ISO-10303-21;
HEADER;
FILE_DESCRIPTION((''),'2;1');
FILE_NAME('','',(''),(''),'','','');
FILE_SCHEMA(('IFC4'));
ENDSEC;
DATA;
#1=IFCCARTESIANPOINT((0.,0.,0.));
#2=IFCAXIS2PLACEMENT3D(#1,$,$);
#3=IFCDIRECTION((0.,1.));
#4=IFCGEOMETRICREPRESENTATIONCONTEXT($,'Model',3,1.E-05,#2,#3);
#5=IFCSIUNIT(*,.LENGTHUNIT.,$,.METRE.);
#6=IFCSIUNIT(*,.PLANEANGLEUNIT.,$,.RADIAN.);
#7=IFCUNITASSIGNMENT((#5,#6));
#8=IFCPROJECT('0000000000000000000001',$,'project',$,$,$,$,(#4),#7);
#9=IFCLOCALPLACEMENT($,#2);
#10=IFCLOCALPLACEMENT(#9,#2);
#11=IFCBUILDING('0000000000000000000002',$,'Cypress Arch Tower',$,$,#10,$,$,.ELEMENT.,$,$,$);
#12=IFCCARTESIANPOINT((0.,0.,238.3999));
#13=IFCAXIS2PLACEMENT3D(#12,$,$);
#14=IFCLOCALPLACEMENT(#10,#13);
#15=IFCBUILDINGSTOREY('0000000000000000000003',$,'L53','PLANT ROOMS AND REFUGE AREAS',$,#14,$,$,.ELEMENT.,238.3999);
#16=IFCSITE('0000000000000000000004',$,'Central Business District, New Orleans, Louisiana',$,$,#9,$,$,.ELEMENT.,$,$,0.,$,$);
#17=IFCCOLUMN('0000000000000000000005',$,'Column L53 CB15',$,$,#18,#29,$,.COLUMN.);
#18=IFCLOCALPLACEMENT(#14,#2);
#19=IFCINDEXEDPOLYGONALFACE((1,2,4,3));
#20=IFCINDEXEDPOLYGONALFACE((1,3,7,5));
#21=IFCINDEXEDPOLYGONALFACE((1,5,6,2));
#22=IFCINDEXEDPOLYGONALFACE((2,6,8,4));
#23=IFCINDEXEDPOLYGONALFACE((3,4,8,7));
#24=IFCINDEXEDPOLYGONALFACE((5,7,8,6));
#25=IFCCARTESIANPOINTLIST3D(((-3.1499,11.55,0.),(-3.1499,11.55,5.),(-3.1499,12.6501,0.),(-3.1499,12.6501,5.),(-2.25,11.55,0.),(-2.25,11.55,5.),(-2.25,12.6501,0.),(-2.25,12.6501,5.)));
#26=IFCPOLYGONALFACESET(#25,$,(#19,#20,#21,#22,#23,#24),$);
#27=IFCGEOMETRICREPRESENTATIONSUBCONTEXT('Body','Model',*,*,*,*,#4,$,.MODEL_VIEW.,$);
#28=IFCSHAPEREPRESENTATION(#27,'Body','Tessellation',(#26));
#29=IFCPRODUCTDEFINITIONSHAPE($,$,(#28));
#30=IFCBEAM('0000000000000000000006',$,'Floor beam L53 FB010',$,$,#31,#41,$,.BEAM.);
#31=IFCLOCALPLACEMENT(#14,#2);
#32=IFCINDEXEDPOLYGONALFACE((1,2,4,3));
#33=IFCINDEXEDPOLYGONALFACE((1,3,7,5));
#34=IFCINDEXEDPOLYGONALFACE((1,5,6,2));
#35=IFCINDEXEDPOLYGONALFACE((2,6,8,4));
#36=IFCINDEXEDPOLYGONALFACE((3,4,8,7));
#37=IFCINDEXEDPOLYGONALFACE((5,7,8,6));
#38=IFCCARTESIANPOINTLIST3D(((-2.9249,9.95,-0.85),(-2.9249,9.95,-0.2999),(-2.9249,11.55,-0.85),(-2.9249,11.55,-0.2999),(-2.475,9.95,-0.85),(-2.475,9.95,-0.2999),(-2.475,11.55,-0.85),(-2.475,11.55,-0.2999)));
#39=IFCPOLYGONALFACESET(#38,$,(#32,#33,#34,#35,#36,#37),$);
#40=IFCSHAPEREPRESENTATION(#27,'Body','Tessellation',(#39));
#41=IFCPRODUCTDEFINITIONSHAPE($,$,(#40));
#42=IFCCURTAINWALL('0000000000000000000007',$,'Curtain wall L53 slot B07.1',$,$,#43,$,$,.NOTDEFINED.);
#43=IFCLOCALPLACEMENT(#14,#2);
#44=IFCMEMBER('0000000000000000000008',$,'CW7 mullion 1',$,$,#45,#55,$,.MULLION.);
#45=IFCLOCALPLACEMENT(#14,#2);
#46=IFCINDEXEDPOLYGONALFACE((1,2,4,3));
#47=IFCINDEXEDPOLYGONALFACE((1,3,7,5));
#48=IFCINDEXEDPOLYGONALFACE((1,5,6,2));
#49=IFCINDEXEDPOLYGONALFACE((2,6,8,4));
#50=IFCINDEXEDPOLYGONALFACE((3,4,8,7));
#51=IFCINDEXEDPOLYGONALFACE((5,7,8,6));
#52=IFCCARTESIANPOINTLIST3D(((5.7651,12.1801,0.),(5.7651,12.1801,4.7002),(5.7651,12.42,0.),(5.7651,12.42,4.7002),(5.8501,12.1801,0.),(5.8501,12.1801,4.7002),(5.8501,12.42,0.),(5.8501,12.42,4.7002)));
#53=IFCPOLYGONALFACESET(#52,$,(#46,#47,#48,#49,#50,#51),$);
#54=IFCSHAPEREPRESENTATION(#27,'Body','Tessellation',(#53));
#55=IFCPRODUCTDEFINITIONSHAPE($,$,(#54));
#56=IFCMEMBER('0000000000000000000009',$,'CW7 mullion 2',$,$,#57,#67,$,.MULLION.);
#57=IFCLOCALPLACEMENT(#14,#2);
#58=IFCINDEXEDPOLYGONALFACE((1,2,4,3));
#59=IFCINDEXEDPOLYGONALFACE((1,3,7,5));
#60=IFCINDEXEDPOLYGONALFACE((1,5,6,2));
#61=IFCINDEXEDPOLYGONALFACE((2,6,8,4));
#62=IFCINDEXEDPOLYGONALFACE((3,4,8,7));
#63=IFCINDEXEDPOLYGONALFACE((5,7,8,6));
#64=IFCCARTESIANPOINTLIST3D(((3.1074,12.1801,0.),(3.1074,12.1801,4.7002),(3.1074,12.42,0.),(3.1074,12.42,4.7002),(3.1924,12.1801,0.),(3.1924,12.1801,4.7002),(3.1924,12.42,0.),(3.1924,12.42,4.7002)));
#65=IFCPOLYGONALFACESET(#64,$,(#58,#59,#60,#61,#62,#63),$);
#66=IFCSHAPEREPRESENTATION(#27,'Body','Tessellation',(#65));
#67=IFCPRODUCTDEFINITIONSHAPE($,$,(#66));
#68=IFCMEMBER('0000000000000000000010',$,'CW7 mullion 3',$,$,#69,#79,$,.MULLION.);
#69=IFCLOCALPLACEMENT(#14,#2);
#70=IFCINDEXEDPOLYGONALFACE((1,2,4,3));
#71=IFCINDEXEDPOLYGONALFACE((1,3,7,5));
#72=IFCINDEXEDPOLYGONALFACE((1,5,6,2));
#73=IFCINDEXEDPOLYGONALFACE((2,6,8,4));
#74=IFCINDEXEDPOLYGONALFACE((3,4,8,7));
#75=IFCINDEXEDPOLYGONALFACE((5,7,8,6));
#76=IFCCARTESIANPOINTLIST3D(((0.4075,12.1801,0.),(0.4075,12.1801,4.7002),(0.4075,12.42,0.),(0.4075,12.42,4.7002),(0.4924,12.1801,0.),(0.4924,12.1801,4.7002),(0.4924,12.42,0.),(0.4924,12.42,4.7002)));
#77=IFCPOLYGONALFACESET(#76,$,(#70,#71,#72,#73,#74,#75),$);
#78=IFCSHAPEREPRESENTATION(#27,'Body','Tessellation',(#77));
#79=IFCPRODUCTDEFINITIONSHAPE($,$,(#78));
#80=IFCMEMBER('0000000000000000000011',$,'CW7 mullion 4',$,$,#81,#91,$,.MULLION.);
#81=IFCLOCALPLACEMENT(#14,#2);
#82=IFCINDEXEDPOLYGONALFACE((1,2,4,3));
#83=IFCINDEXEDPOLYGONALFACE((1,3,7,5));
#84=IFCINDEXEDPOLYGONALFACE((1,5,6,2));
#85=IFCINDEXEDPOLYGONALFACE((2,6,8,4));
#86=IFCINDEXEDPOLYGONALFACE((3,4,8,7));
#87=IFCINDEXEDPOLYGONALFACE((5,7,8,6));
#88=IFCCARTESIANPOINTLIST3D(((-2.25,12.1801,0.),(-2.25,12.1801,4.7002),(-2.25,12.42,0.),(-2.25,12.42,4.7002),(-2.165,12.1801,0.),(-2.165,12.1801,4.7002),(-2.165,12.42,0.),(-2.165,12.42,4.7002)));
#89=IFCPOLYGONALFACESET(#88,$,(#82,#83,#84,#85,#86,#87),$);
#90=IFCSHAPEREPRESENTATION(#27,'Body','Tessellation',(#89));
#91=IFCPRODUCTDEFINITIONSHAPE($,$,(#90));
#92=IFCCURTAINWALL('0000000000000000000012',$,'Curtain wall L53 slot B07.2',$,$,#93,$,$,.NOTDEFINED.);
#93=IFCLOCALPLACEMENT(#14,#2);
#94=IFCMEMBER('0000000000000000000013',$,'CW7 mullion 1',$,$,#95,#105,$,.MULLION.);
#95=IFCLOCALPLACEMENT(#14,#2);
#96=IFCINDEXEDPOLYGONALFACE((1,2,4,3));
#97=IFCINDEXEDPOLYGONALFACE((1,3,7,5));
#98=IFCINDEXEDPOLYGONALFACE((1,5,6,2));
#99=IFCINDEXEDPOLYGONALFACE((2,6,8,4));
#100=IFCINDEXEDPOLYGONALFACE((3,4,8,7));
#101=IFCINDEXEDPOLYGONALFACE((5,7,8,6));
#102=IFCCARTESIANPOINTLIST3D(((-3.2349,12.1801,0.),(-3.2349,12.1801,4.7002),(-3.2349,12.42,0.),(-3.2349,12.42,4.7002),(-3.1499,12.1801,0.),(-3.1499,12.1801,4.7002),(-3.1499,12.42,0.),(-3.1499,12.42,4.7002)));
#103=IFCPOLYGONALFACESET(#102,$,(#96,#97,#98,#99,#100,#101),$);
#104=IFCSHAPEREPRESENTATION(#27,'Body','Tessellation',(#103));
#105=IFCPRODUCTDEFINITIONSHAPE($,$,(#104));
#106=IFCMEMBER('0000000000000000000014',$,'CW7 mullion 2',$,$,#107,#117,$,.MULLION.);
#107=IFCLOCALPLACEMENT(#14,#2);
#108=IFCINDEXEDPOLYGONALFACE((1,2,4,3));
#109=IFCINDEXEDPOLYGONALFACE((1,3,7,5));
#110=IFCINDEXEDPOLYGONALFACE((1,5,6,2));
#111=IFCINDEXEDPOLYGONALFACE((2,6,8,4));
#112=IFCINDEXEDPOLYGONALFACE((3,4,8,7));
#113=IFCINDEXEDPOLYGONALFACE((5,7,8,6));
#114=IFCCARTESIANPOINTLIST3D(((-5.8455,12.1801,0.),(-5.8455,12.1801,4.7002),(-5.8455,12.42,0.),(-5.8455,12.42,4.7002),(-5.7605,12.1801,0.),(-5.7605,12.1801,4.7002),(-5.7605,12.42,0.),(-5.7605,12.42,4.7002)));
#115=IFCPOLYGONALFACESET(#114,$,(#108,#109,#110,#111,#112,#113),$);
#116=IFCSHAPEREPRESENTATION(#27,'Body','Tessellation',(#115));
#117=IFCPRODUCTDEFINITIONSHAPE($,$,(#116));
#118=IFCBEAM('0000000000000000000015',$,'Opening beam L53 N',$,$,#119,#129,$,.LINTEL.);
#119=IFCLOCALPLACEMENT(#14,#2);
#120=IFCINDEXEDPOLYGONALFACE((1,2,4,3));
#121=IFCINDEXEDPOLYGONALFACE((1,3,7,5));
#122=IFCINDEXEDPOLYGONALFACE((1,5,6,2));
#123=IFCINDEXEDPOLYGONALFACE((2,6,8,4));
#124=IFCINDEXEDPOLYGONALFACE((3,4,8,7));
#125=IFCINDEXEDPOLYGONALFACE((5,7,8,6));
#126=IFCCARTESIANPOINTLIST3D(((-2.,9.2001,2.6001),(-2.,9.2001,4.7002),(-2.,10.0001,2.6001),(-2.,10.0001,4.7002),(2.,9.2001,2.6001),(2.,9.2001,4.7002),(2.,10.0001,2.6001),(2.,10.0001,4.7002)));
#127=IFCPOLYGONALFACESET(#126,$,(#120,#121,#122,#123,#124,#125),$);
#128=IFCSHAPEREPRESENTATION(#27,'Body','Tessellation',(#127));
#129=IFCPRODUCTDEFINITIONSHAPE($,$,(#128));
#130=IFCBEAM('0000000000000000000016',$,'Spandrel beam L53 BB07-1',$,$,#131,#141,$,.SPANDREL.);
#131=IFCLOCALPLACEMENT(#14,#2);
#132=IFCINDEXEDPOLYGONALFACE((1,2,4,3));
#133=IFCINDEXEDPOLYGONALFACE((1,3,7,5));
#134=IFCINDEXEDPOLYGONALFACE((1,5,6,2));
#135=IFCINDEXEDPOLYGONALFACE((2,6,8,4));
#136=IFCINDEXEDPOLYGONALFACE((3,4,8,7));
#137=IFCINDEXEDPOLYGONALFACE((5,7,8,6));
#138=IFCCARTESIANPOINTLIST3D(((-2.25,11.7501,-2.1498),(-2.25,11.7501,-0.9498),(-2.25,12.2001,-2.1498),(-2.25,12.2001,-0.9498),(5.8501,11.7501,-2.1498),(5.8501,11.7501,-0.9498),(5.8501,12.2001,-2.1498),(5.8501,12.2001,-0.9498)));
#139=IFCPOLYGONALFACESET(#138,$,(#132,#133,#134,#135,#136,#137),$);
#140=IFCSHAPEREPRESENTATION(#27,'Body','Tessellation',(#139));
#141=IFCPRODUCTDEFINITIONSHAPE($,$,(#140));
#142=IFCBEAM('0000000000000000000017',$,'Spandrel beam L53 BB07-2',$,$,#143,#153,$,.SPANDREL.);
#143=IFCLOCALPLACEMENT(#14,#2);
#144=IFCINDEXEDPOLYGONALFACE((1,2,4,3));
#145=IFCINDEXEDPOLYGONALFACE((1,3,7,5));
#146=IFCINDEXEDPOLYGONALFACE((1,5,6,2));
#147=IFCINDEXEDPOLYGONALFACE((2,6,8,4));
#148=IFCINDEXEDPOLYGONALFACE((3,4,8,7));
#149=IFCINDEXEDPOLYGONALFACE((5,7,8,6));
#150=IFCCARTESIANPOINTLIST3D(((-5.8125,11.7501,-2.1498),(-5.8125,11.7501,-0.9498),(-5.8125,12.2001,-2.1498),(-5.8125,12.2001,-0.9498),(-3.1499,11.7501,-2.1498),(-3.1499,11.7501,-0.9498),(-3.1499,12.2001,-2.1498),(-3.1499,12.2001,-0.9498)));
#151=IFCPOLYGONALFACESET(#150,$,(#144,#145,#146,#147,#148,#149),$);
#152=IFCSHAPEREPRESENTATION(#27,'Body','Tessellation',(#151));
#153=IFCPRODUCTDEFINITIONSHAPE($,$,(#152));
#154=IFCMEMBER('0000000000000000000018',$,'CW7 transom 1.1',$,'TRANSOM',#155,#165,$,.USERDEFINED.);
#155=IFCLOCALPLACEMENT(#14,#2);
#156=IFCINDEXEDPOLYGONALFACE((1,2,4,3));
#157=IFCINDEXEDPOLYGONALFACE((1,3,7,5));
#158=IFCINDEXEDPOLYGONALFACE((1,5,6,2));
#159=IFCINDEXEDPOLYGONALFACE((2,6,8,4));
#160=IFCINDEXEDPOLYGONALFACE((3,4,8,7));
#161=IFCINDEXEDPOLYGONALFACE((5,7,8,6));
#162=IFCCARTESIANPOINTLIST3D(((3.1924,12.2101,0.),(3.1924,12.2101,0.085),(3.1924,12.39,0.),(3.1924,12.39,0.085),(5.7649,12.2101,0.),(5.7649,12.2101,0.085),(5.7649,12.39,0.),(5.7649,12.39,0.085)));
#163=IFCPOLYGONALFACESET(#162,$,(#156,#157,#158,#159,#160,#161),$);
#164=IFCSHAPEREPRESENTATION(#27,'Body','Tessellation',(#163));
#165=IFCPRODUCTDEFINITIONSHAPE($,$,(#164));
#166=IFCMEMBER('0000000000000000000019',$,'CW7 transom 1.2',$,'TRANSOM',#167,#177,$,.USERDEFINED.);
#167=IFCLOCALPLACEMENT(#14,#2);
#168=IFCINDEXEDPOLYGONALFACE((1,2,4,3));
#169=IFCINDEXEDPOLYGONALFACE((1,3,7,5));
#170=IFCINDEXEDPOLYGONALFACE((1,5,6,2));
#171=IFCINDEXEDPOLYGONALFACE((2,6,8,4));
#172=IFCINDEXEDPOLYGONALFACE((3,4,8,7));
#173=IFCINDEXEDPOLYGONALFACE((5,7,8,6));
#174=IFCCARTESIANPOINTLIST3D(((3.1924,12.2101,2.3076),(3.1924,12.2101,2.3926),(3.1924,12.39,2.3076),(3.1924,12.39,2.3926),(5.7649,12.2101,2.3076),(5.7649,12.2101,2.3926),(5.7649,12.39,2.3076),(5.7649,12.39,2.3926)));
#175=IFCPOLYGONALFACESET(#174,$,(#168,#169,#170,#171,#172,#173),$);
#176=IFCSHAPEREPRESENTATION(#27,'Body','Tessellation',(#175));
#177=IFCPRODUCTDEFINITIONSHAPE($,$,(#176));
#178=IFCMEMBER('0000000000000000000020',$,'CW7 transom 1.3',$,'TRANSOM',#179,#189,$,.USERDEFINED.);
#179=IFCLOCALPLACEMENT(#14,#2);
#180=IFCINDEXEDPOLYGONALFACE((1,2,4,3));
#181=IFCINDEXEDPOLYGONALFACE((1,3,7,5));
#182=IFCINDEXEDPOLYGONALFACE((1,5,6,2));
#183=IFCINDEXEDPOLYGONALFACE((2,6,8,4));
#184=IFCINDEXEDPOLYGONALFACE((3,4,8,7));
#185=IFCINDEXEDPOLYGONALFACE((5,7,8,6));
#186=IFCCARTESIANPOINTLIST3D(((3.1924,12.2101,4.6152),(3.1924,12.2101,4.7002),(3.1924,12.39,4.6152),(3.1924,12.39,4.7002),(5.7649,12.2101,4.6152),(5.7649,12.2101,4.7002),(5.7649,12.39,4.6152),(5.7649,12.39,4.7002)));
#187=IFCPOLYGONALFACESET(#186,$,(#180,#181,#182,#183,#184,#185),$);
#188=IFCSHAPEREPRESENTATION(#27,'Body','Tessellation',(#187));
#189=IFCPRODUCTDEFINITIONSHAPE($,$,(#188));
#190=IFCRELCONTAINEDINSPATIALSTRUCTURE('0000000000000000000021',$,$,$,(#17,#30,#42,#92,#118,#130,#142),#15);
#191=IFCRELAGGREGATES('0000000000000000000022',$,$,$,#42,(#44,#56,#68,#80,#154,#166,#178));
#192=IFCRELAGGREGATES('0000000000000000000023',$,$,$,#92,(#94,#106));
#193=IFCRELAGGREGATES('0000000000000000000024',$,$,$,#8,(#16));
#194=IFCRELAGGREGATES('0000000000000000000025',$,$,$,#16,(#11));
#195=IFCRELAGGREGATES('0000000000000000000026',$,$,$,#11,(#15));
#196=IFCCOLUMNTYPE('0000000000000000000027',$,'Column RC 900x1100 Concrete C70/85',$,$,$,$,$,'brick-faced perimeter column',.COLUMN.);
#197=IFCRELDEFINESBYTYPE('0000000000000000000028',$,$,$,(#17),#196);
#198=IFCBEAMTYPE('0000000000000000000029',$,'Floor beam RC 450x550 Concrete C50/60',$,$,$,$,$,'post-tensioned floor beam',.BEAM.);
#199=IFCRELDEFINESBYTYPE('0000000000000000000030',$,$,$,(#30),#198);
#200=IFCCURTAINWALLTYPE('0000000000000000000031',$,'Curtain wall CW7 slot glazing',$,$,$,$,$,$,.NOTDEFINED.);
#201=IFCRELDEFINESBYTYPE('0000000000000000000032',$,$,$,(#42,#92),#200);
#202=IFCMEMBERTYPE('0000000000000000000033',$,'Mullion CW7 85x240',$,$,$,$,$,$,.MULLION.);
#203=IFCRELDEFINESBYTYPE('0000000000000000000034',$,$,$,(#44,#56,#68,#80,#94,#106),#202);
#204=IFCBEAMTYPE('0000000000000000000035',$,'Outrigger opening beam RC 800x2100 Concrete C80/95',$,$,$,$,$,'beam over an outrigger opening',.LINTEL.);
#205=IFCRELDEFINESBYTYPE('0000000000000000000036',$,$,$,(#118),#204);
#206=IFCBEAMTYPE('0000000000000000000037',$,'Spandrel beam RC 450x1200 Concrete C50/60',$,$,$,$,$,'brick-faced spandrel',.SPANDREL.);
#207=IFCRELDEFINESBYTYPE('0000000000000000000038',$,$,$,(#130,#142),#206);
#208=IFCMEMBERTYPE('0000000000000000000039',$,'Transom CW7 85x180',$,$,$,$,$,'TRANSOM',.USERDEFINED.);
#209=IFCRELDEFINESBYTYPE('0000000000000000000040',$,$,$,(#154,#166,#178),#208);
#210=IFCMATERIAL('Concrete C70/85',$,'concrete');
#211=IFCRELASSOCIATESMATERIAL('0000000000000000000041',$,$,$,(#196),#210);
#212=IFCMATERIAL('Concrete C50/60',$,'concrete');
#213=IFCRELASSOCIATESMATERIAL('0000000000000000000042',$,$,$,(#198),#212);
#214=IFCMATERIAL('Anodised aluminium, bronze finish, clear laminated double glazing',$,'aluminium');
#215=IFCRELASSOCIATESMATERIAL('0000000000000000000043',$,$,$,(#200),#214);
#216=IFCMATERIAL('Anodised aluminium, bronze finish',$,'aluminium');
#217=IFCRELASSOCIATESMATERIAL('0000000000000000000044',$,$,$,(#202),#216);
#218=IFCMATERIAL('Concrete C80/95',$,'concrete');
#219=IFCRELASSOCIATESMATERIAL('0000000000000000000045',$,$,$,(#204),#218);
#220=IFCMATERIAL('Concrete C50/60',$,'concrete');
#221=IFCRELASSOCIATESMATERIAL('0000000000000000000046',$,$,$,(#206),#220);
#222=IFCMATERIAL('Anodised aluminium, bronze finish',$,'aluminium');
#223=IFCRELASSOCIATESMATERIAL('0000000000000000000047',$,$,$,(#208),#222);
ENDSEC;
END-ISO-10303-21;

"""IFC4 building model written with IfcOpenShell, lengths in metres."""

from ifc_helpers import new_model, si_unit, direction, frame, origin, origin_2d, place, context, subcontext, project, spatial, rectangle, extrude, material, material_profile, profile_set, type_object, element, aggregate, save


model = new_model("IFC4")

# Units and contexts
model_context = context("Model", 3, precision=1e-05, world=origin(), true_north=direction((0.0, 1.0)))
body_context = subcontext(model_context, "Body", "Model", "MODEL_VIEW")
ifc_project = project(units=[si_unit("LENGTHUNIT", "METRE"), si_unit("PLANEANGLEUNIT", "RADIAN")], contexts=[model_context])

# Site, building, storey
site_placement = place(None, origin())
site = spatial("IfcSite", under=ifc_project, at=site_placement, Name="Central Business District, New Orleans, Louisiana", CompositionType="ELEMENT", RefElevation=0.0)
building_placement = place(site_placement, origin())
building = spatial("IfcBuilding", under=site, at=building_placement, Name="Cypress Arch Tower", CompositionType="ELEMENT")
storey_placement = place(building_placement, frame((0.0, 0.0, 238.3999)))
storey = spatial("IfcBuildingStorey", under=building, at=storey_placement, Name="L53", Description="PLANT ROOMS AND REFUGE AREAS", CompositionType="ELEMENT", Elevation=238.3999)

# Column
ifc_material_1 = material(Name="Concrete C70/85", Category="concrete")
ifc_material_profile_1 = material_profile(ifc_material_1, rectangle(XDim=0.8999, YDim=1.1001, at=origin_2d()), Name="RC 900x1100")
ifc_profile_set_1 = profile_set([ifc_material_profile_1], Name="Concrete C70/85")
column_type = type_object("IfcColumnType", Name="Column RC 900x1100 Concrete C70/85", ElementType="brick-faced perimeter column", PredefinedType="COLUMN", material=ifc_profile_set_1)
column_placement = place(storey_placement, frame((-2.7, 12.1001, 0.0), z_axis=(0.0, 0.0, 1.0), x_axis=(-1.0, 0.0, 0.0)))
element("IfcColumn", 1, at=column_placement, inside=storey, type_object=column_type, Name="Column L53 CB15", PredefinedType="COLUMN", context=body_context, shape_type="SweptSolid", body=[
    extrude(rectangle(XDim=0.8999, YDim=1.1001, at=origin_2d()), origin(), (0.0, 0.0, 1.0), 5.0),
])

# Beam
ifc_material_2 = material(Name="Concrete C50/60", Category="concrete")
ifc_material_profile_2 = material_profile(ifc_material_2, rectangle(XDim=0.45, YDim=0.55, at=origin_2d()), Name="RC 450x550")
ifc_profile_set_2 = profile_set([ifc_material_profile_2], Name="Concrete C50/60")
beam_type_1 = type_object("IfcBeamType", Name="Floor beam RC 450x550 Concrete C50/60", ElementType="post-tensioned floor beam", PredefinedType="BEAM", material=ifc_profile_set_2)
beam_1_placement = place(storey_placement, frame((-2.7, 9.95, -0.575), z_axis=(0.0, 1.0, 0.0), x_axis=(-1.0, 0.0, 0.0)))
element("IfcBeam", 2, at=beam_1_placement, inside=storey, type_object=beam_type_1, Name="Floor beam L53 FB010", PredefinedType="BEAM", context=body_context, shape_type="SweptSolid", body=[
    extrude(rectangle(XDim=0.45, YDim=0.55, at=origin_2d()), origin(), (0.0, 0.0, 1.0), 1.6001),
])

# Curtain walls, members
ifc_material_3 = material(Name="Anodised aluminium, bronze finish, clear laminated double glazing", Category="aluminium")
curtain_wall_type = type_object("IfcCurtainWallType", Name="Curtain wall CW7 slot glazing", PredefinedType="NOTDEFINED", material=ifc_material_3)
curtain_wall_1_placement = place(storey_placement, origin())
curtain_wall_1 = element("IfcCurtainWall", 3, at=curtain_wall_1_placement, inside=storey, type_object=curtain_wall_type, Name="Curtain wall L53 slot B07.1", PredefinedType="NOTDEFINED")
ifc_material_4 = material(Name="Anodised aluminium, bronze finish", Category="aluminium")
ifc_material_profile_3 = material_profile(ifc_material_4, rectangle(XDim=0.24, YDim=0.085, at=origin_2d()), Name="Mullion 85x240")
ifc_profile_set_3 = profile_set([ifc_material_profile_3], Name="Anodised aluminium, bronze finish")
member_type_1 = type_object("IfcMemberType", Name="Mullion CW7 85x240", PredefinedType="MULLION", material=ifc_profile_set_3)
member_1_placement = place(storey_placement, frame((5.8076, 12.3, 0.0), z_axis=(0.0, 0.0, 1.0), x_axis=(0.0, -1.0, 0.0)))
member_1 = element("IfcMember", 4, at=member_1_placement, type_object=member_type_1, Name="CW7 mullion 1", PredefinedType="MULLION", context=body_context, shape_type="SweptSolid", body=[
    extrude(rectangle(XDim=0.24, YDim=0.085, at=origin_2d()), origin(), (0.0, 0.0, 1.0), 4.7002),
])
member_2_placement = place(storey_placement, frame((3.1499, 12.3, 0.0), z_axis=(0.0, 0.0, 1.0), x_axis=(0.0, -1.0, 0.0)))
member_2 = element("IfcMember", 5, at=member_2_placement, type_object=member_type_1, Name="CW7 mullion 2", PredefinedType="MULLION", context=body_context, shape_type="SweptSolid", body=[
    extrude(rectangle(XDim=0.24, YDim=0.085, at=origin_2d()), origin(), (0.0, 0.0, 1.0), 4.7002),
])
member_3_placement = place(storey_placement, frame((0.45, 12.3, 0.0), z_axis=(0.0, 0.0, 1.0), x_axis=(0.0, -1.0, 0.0)))
member_3 = element("IfcMember", 6, at=member_3_placement, type_object=member_type_1, Name="CW7 mullion 3", PredefinedType="MULLION", context=body_context, shape_type="SweptSolid", body=[
    extrude(rectangle(XDim=0.24, YDim=0.085, at=origin_2d()), origin(), (0.0, 0.0, 1.0), 4.7002),
])
member_4_placement = place(storey_placement, frame((-2.2075, 12.3, 0.0), z_axis=(0.0, 0.0, 1.0), x_axis=(0.0, -1.0, 0.0)))
member_4 = element("IfcMember", 7, at=member_4_placement, type_object=member_type_1, Name="CW7 mullion 4", PredefinedType="MULLION", context=body_context, shape_type="SweptSolid", body=[
    extrude(rectangle(XDim=0.24, YDim=0.085, at=origin_2d()), origin(), (0.0, 0.0, 1.0), 4.7002),
])
curtain_wall_2_placement = place(storey_placement, origin())
curtain_wall_2 = element("IfcCurtainWall", 8, at=curtain_wall_2_placement, inside=storey, type_object=curtain_wall_type, Name="Curtain wall L53 slot B07.2", PredefinedType="NOTDEFINED")
member_5_placement = place(storey_placement, frame((-3.1924, 12.3, 0.0), z_axis=(0.0, 0.0, 1.0), x_axis=(0.0, -1.0, 0.0)))
member_5 = element("IfcMember", 9, at=member_5_placement, type_object=member_type_1, Name="CW7 mullion 1", PredefinedType="MULLION", context=body_context, shape_type="SweptSolid", body=[
    extrude(rectangle(XDim=0.24, YDim=0.085, at=origin_2d()), origin(), (0.0, 0.0, 1.0), 4.7002),
])
member_6_placement = place(storey_placement, frame((-5.803, 12.3, 0.0), z_axis=(0.0, 0.0, 1.0), x_axis=(0.0, -1.0, 0.0)))
member_6 = element("IfcMember", 10, at=member_6_placement, type_object=member_type_1, Name="CW7 mullion 2", PredefinedType="MULLION", context=body_context, shape_type="SweptSolid", body=[
    extrude(rectangle(XDim=0.24, YDim=0.085, at=origin_2d()), origin(), (0.0, 0.0, 1.0), 4.7002),
])

# Beams
ifc_material_5 = material(Name="Concrete C80/95", Category="concrete")
ifc_material_profile_4 = material_profile(ifc_material_5, rectangle(XDim=0.8, YDim=2.1001, at=origin_2d()), Name="RC 800x2100")
ifc_profile_set_4 = profile_set([ifc_material_profile_4], Name="Concrete C80/95")
beam_type_2 = type_object("IfcBeamType", Name="Outrigger opening beam RC 800x2100 Concrete C80/95", ElementType="beam over an outrigger opening", PredefinedType="LINTEL", material=ifc_profile_set_4)
beam_2_placement = place(storey_placement, frame((-2.0, 9.6001, 3.6501), z_axis=(1.0, 0.0, 0.0), x_axis=(0.0, 1.0, 0.0)))
element("IfcBeam", 11, at=beam_2_placement, inside=storey, type_object=beam_type_2, Name="Opening beam L53 N", PredefinedType="LINTEL", context=body_context, shape_type="SweptSolid", body=[
    extrude(rectangle(XDim=0.8, YDim=2.1001, at=origin_2d()), origin(), (0.0, 0.0, 1.0), 4.0),
])
ifc_material_6 = material(Name="Concrete C50/60", Category="concrete")
ifc_material_profile_5 = material_profile(ifc_material_6, rectangle(XDim=0.45, YDim=1.2, at=origin_2d()), Name="RC 450x1200")
ifc_profile_set_5 = profile_set([ifc_material_profile_5], Name="Concrete C50/60")
beam_type_3 = type_object("IfcBeamType", Name="Spandrel beam RC 450x1200 Concrete C50/60", ElementType="brick-faced spandrel", PredefinedType="SPANDREL", material=ifc_profile_set_5)
beam_3_placement = place(storey_placement, frame((5.8501, 11.9751, -1.5498), z_axis=(-1.0, 0.0, 0.0), x_axis=(0.0, -1.0, 0.0)))
element("IfcBeam", 12, at=beam_3_placement, inside=storey, type_object=beam_type_3, Name="Spandrel beam L53 BB07-1", PredefinedType="SPANDREL", context=body_context, shape_type="SweptSolid", body=[
    extrude(rectangle(XDim=0.45, YDim=1.2, at=origin_2d()), origin(), (0.0, 0.0, 1.0), 8.1001),
])
beam_4_placement = place(storey_placement, frame((-3.1499, 11.9751, -1.5498), z_axis=(-1.0, 0.0, 0.0), x_axis=(0.0, -1.0, 0.0)))
element("IfcBeam", 13, at=beam_4_placement, inside=storey, type_object=beam_type_3, Name="Spandrel beam L53 BB07-2", PredefinedType="SPANDREL", context=body_context, shape_type="SweptSolid", body=[
    extrude(rectangle(XDim=0.45, YDim=1.2, at=origin_2d()), origin(), (0.0, 0.0, 1.0), 2.6626),
])

# Members
ifc_material_7 = material(Name="Anodised aluminium, bronze finish", Category="aluminium")
ifc_material_profile_6 = material_profile(ifc_material_7, rectangle(XDim=0.1799, YDim=0.085, at=origin_2d()), Name="Transom 85x180")
ifc_profile_set_6 = profile_set([ifc_material_profile_6], Name="Anodised aluminium, bronze finish")
member_type_2 = type_object("IfcMemberType", Name="Transom CW7 85x180", ElementType="TRANSOM", PredefinedType="USERDEFINED", material=ifc_profile_set_6)
member_7_placement = place(storey_placement, frame((5.7649, 12.3, 0.0425), z_axis=(-1.0, 0.0, 0.0), x_axis=(0.0, -1.0, 0.0)))
member_7 = element("IfcMember", 14, at=member_7_placement, type_object=member_type_2, Name="CW7 transom 1.1", ObjectType="TRANSOM", PredefinedType="USERDEFINED", context=body_context, shape_type="SweptSolid", body=[
    extrude(rectangle(XDim=0.1799, YDim=0.085, at=origin_2d()), origin(), (0.0, 0.0, 1.0), 2.5725),
])
member_8_placement = place(storey_placement, frame((5.7649, 12.3, 2.3501), z_axis=(-1.0, 0.0, 0.0), x_axis=(0.0, -1.0, 0.0)))
member_8 = element("IfcMember", 15, at=member_8_placement, type_object=member_type_2, Name="CW7 transom 1.2", ObjectType="TRANSOM", PredefinedType="USERDEFINED", context=body_context, shape_type="SweptSolid", body=[
    extrude(rectangle(XDim=0.1799, YDim=0.085, at=origin_2d()), origin(), (0.0, 0.0, 1.0), 2.5725),
])
member_9_placement = place(storey_placement, frame((5.7649, 12.3, 4.6577), z_axis=(-1.0, 0.0, 0.0), x_axis=(0.0, -1.0, 0.0)))
member_9 = element("IfcMember", 16, at=member_9_placement, type_object=member_type_2, Name="CW7 transom 1.3", ObjectType="TRANSOM", PredefinedType="USERDEFINED", context=body_context, shape_type="SweptSolid", body=[
    extrude(rectangle(XDim=0.1799, YDim=0.085, at=origin_2d()), origin(), (0.0, 0.0, 1.0), 2.5725),
])

aggregate(curtain_wall_1, [member_1, member_2, member_3, member_4, member_7, member_8, member_9])
aggregate(curtain_wall_2, [member_5, member_6])

save(model, "model.ifc")
